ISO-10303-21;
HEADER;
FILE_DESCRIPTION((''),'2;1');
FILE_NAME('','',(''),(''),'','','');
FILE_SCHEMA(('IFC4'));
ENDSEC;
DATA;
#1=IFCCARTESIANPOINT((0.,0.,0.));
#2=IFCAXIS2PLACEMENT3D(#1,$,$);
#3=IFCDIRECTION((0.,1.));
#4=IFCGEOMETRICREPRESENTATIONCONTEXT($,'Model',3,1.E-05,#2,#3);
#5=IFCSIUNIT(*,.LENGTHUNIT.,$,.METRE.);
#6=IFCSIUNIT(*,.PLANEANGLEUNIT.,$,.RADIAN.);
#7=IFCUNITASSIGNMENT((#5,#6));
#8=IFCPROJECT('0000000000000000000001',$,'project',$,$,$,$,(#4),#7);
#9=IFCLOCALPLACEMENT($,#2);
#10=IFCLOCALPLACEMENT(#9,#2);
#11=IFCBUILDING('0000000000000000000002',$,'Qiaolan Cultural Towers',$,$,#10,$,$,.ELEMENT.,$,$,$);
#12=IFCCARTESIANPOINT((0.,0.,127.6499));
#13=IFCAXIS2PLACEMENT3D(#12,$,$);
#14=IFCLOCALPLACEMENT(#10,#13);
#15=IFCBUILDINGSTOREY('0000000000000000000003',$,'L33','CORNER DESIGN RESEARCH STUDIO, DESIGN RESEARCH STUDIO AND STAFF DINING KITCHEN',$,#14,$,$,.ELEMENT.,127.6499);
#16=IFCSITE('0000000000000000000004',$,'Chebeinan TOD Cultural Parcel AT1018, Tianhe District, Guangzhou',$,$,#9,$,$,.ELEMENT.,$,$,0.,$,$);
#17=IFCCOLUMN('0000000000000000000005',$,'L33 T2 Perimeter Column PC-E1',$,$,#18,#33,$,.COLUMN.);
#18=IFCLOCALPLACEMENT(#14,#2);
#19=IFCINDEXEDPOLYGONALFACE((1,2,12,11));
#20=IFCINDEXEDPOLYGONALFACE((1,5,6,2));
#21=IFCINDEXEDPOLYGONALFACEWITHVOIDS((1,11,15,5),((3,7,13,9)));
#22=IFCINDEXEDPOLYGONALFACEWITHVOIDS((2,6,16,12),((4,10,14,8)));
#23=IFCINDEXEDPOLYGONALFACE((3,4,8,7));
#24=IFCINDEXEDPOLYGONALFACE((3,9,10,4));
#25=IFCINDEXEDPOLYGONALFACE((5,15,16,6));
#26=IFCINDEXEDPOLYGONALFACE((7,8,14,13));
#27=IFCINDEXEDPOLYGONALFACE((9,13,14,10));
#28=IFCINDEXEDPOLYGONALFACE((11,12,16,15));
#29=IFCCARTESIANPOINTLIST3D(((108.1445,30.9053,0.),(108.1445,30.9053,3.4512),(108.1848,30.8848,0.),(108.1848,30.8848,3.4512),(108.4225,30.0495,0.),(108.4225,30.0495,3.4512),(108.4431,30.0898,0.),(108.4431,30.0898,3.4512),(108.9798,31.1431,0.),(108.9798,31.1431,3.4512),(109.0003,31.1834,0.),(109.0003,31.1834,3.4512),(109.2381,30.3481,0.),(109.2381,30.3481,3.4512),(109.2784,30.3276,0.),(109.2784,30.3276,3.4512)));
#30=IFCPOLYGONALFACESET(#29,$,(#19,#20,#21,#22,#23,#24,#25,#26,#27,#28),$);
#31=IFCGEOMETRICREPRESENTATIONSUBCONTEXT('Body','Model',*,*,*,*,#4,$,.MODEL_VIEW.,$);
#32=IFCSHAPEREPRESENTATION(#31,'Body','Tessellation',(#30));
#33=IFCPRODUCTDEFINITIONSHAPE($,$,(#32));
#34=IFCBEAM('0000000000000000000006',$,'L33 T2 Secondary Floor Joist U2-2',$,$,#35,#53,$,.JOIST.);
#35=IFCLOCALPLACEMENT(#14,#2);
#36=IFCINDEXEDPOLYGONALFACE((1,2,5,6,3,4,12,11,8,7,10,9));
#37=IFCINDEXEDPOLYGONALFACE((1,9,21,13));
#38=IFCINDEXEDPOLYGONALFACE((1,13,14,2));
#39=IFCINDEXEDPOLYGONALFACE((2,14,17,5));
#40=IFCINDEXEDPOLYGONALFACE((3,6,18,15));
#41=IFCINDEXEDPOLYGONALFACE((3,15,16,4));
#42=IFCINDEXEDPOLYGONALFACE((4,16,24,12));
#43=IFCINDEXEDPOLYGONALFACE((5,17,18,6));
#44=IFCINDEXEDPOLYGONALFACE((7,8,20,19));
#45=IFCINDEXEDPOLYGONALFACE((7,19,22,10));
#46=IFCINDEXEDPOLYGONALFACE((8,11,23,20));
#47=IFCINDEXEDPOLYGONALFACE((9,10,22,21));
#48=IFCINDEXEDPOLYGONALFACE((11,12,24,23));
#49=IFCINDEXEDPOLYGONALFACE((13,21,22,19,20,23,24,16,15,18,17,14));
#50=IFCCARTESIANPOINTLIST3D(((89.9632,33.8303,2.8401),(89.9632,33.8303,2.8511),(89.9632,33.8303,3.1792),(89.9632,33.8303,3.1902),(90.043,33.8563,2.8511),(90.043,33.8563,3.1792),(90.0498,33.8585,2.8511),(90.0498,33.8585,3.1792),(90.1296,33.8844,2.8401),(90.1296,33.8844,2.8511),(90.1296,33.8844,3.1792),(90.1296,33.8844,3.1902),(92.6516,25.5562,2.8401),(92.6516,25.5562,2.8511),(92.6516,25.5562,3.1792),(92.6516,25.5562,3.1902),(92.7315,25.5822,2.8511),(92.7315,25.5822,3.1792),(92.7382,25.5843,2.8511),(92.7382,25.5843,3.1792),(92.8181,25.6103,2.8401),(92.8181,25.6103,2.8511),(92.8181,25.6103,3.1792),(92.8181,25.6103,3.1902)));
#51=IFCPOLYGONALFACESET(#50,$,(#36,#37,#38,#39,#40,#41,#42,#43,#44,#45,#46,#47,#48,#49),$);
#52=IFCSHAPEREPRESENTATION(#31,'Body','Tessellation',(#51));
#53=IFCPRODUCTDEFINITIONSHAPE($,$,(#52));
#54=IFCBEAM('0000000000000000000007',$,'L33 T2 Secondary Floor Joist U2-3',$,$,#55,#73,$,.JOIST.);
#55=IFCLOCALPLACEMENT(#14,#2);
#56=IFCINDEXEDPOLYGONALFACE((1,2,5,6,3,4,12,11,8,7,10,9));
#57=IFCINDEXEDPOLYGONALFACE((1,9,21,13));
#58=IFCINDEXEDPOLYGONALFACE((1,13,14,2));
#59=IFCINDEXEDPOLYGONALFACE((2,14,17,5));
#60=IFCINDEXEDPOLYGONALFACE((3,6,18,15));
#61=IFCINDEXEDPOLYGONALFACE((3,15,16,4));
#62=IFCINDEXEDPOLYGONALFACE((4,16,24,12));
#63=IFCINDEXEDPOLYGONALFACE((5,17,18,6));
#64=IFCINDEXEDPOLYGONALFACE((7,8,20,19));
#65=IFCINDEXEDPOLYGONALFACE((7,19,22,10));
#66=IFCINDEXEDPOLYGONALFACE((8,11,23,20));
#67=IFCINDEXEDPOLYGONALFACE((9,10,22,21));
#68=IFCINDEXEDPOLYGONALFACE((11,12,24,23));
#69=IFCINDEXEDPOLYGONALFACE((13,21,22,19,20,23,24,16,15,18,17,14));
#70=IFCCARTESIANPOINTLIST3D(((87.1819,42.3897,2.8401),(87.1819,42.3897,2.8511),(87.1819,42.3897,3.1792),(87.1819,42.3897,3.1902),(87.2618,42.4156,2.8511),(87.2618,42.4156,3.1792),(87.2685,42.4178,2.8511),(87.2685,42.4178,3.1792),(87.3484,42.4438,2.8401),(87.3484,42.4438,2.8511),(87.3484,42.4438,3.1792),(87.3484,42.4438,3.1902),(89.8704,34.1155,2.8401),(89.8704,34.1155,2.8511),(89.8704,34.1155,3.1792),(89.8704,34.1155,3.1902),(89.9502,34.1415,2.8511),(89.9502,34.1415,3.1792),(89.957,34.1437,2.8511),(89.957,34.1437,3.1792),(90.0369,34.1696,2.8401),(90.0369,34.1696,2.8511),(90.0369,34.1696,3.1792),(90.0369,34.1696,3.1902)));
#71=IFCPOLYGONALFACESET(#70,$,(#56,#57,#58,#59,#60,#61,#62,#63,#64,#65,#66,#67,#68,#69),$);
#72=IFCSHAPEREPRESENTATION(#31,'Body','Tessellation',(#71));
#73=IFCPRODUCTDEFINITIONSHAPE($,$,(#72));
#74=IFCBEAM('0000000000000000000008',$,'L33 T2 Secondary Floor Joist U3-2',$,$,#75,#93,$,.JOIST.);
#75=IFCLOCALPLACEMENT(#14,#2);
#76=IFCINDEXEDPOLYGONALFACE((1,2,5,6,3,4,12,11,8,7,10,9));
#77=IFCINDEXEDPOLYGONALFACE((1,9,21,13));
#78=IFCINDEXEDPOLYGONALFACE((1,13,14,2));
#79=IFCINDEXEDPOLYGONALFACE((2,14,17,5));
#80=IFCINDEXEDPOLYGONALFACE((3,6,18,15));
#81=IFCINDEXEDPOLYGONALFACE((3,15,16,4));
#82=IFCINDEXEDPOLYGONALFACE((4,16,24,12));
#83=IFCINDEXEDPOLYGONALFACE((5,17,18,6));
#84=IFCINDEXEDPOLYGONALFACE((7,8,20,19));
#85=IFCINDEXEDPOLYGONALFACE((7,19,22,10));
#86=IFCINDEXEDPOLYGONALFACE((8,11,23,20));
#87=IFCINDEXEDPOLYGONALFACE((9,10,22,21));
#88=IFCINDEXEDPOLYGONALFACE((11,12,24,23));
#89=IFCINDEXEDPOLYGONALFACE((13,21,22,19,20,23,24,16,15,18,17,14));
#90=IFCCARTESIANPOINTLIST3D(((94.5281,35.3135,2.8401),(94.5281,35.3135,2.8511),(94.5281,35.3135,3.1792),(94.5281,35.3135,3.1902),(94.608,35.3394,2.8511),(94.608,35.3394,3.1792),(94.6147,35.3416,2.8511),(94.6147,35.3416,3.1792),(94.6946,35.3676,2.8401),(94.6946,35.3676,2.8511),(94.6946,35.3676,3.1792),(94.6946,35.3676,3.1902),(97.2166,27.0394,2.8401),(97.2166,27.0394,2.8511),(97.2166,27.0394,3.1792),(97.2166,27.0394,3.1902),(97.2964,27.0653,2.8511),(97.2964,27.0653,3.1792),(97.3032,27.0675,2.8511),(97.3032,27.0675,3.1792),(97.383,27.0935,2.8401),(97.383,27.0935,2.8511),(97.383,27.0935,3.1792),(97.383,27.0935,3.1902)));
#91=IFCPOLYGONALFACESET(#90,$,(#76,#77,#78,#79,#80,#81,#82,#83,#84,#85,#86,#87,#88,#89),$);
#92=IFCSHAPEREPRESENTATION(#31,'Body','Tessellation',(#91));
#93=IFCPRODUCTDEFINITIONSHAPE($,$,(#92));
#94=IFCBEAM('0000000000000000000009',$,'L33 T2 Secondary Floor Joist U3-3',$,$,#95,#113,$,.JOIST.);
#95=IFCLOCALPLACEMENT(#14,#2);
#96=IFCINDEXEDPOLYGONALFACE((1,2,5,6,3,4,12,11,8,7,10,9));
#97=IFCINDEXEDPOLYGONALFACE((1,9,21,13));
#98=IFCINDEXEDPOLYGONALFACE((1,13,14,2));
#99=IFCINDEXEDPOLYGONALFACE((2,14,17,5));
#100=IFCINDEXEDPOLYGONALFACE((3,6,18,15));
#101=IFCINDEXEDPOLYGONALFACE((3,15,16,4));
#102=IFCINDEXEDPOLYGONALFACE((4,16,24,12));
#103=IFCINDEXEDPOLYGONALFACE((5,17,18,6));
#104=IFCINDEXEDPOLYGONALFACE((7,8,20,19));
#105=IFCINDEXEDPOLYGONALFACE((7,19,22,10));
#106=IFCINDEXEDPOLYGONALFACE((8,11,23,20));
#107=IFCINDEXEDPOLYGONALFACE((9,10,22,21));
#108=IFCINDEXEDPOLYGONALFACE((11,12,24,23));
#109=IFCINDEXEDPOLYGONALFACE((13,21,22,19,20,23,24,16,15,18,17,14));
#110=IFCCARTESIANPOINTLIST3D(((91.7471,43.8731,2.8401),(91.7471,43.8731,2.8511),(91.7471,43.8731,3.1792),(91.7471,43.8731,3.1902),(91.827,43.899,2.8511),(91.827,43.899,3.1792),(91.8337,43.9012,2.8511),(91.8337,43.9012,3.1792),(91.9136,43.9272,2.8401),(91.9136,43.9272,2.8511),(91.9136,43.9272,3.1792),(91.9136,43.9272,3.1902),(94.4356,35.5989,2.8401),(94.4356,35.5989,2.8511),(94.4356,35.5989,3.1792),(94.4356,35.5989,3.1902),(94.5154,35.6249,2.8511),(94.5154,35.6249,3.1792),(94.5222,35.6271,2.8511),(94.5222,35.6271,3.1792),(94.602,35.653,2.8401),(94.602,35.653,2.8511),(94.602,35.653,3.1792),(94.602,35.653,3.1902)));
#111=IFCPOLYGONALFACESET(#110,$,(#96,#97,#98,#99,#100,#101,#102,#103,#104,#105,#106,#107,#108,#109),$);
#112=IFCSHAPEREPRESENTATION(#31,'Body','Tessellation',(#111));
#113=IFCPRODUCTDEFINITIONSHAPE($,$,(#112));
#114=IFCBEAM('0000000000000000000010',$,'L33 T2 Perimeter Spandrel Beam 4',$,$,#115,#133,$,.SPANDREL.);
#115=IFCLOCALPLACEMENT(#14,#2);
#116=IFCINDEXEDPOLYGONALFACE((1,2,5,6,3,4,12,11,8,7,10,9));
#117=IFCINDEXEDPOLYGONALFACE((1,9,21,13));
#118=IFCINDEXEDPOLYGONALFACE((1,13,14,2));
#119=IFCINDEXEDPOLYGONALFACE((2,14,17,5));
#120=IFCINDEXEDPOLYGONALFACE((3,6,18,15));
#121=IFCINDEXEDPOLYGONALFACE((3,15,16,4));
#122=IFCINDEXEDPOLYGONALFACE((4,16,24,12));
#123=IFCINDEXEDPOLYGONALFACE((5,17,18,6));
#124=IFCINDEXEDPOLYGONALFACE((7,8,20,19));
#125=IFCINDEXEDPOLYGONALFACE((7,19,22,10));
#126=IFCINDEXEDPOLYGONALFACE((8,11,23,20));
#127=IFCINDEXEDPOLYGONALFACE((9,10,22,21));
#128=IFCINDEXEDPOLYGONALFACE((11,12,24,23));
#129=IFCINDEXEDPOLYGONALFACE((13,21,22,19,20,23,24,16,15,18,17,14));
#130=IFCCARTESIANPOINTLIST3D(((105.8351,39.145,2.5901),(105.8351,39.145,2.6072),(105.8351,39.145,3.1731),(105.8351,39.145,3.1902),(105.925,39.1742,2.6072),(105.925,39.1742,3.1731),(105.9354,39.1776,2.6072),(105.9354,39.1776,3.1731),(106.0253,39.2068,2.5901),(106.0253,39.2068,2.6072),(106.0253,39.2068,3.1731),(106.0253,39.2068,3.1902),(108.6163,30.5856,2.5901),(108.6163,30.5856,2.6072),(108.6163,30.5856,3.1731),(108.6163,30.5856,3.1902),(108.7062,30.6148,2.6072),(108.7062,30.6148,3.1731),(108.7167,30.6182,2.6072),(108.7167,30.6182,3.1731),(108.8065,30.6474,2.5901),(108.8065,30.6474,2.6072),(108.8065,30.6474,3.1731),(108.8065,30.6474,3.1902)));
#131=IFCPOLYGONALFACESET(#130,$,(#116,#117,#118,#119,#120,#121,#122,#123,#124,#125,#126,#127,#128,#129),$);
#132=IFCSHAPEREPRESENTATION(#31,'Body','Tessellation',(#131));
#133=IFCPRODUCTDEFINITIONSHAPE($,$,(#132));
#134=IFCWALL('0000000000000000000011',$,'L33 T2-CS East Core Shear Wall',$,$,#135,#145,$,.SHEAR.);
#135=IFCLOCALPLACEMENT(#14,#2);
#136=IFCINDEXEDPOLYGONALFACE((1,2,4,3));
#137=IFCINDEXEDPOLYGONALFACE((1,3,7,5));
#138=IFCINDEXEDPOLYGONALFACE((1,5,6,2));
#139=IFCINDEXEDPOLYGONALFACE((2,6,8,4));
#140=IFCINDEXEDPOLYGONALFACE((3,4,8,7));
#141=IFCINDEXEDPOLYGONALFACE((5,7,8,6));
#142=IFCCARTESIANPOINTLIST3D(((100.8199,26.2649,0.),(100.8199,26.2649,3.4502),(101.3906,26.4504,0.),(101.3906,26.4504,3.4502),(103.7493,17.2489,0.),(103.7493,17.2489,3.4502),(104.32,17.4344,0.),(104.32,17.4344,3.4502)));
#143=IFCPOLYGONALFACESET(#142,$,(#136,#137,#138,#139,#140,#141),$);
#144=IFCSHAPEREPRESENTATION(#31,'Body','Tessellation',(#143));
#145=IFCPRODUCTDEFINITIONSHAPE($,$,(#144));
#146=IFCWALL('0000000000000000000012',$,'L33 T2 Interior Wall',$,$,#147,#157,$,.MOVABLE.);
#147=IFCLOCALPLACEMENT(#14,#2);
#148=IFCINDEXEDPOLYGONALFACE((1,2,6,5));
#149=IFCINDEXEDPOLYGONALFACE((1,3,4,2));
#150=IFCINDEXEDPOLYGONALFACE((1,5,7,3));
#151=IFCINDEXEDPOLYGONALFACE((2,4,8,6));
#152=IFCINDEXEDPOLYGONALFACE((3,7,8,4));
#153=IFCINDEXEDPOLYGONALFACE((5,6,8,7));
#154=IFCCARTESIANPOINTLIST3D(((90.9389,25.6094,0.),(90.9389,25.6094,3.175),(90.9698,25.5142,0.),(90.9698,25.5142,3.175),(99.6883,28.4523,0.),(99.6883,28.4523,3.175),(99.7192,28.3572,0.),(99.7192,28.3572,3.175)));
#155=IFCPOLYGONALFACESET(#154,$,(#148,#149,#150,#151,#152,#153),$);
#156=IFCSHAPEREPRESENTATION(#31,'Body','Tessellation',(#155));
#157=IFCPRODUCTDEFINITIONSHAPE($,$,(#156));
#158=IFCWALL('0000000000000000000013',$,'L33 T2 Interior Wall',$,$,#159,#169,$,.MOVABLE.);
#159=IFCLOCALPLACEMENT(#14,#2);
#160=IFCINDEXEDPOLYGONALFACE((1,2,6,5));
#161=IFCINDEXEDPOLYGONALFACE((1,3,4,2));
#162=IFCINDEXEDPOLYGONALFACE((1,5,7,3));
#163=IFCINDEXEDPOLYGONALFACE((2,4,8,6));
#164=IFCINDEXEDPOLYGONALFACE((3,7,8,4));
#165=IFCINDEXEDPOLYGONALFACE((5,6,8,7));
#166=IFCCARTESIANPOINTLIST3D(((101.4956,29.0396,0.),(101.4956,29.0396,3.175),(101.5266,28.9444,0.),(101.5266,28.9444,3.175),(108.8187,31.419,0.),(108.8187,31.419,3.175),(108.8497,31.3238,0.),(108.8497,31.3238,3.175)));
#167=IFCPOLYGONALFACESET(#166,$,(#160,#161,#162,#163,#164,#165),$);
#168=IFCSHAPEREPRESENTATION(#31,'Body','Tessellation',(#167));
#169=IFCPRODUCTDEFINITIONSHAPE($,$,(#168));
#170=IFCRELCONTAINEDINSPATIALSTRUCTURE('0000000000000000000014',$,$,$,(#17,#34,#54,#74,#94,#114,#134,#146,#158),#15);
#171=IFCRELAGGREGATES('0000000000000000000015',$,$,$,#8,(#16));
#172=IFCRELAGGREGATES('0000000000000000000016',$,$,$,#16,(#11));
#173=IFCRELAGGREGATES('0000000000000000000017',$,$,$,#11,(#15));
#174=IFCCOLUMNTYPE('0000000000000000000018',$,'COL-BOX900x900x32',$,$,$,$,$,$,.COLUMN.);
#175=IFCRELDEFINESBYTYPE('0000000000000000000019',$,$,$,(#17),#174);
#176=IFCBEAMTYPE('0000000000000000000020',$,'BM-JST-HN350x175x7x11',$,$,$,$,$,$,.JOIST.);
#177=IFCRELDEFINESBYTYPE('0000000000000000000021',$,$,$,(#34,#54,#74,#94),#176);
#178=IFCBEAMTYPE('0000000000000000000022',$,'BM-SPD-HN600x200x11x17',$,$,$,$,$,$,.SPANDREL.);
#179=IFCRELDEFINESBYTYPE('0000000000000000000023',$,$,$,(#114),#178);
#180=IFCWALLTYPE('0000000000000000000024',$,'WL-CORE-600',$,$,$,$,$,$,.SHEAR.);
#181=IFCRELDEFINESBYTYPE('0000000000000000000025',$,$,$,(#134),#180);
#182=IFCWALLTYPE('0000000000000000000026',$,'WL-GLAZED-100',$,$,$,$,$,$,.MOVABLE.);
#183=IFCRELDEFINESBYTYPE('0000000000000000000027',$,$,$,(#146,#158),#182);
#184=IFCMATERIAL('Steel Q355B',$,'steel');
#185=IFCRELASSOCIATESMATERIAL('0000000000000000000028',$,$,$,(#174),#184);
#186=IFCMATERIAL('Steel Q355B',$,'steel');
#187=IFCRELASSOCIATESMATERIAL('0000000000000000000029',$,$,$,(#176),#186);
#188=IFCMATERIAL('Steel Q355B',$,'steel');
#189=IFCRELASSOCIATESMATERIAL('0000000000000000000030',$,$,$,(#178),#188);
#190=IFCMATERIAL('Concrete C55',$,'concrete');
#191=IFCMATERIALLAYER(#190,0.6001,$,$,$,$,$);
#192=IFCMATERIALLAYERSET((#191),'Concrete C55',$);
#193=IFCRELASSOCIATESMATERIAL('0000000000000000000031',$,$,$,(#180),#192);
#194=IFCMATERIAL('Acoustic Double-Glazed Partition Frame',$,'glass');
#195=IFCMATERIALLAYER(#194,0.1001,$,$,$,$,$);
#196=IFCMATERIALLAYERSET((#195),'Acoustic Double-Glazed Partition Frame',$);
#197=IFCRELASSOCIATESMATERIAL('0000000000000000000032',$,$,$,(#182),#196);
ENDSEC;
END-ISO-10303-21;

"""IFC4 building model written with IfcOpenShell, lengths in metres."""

from ifc_helpers import new_model, si_unit, direction, frame, frame_2d, origin, origin_2d, place, context, subcontext, project, spatial, rectangle, hollow_rectangle, i_section, extrude, material, layer, layer_set, material_profile, profile_set, type_object, element, save


model = new_model("IFC4")

# Units and contexts
model_context = context("Model", 3, precision=1e-05, world=origin(), true_north=direction((0.0, 1.0)))
body_context = subcontext(model_context, "Body", "Model", "MODEL_VIEW")
ifc_project = project(units=[si_unit("LENGTHUNIT", "METRE"), si_unit("PLANEANGLEUNIT", "RADIAN")], contexts=[model_context])

# Site, building, storey
site_placement = place(None, origin())
site = spatial("IfcSite", under=ifc_project, at=site_placement, Name="Chebeinan TOD Cultural Parcel AT1018, Tianhe District, Guangzhou", CompositionType="ELEMENT", RefElevation=0.0)
building_placement = place(site_placement, origin())
building = spatial("IfcBuilding", under=site, at=building_placement, Name="Qiaolan Cultural Towers", CompositionType="ELEMENT")
storey_placement = place(building_placement, frame((0.0, 0.0, 127.6499)))
storey = spatial("IfcBuildingStorey", under=building, at=storey_placement, Name="L33", Description="CORNER DESIGN RESEARCH STUDIO, DESIGN RESEARCH STUDIO AND STAFF DINING KITCHEN", CompositionType="ELEMENT", Elevation=127.6499)

# Column
ifc_material_1 = material(Name="Steel Q355B", Category="steel")
ifc_material_profile_1 = material_profile(ifc_material_1, hollow_rectangle(XDim=0.8999, YDim=0.8999, WallThickness=0.032, at=origin_2d()), Name="BOX900x900x32")
ifc_profile_set_1 = profile_set([ifc_material_profile_1], Name="Steel Q355B")
column_type = type_object("IfcColumnType", Name="COL-BOX900x900x32", PredefinedType="COLUMN", material=ifc_profile_set_1)
column_placement = place(storey_placement, frame((108.7114, 30.6165, 0.0), z_axis=(0.0, 0.0, 1.0), x_axis=(0.951057, 0.309017, 0.0)))
element("IfcColumn", 1, at=column_placement, inside=storey, type_object=column_type, Name="L33 T2 Perimeter Column PC-E1", PredefinedType="COLUMN", context=body_context, shape_type="SweptSolid", body=[
    extrude(hollow_rectangle(XDim=0.8999, YDim=0.8999, WallThickness=0.032, at=origin_2d()), origin(), (0.0, 0.0, 1.0), 3.4512),
])

# Beams
ifc_material_2 = material(Name="Steel Q355B", Category="steel")
ifc_material_profile_2 = material_profile(ifc_material_2, i_section(OverallWidth=0.175, OverallDepth=0.3501, WebThickness=0.0071, FlangeThickness=0.011, at=origin_2d()), Name="HN350x175x7x11")
ifc_profile_set_2 = profile_set([ifc_material_profile_2], Name="Steel Q355B")
beam_type_1 = type_object("IfcBeamType", Name="BM-JST-HN350x175x7x11", PredefinedType="JOIST", material=ifc_profile_set_2)
for number, where, z_axis, x_axis, name in (
    (2, (92.7349, 25.5833, 3.0151), (-0.309021, 0.951055, 0.0), (-0.951055, -0.309021, 0.0), "L33 T2 Secondary Floor Joist U2-2"),
    (3, (89.9536, 34.1426, 3.0151), (-0.309021, 0.951055, 0.0), (-0.951055, -0.309021, 0.0), "L33 T2 Secondary Floor Joist U2-3"),
    (4, (97.2998, 27.0664, 3.0151), (-0.309021, 0.951055, 0.0), (-0.951055, -0.309021, 0.0), "L33 T2 Secondary Floor Joist U3-2"),
    (5, (94.5188, 35.626, 3.0151), (-0.309021, 0.951055, 0.0), (-0.951055, -0.309021, 0.0), "L33 T2 Secondary Floor Joist U3-3"),
):
    element("IfcBeam", number, at=place(storey_placement, frame(where, z_axis=z_axis, x_axis=x_axis)), inside=storey, type_object=beam_type_1, Name=name, PredefinedType="JOIST", context=body_context, shape_type="SweptSolid", body=[
        extrude(i_section(OverallWidth=0.175, OverallDepth=0.3501, WebThickness=0.0071, FlangeThickness=0.011, at=origin_2d()), origin(), (0.0, 0.0, 1.0), 8.7),
    ])
ifc_material_3 = material(Name="Steel Q355B", Category="steel")
ifc_material_profile_3 = material_profile(ifc_material_3, i_section(OverallWidth=0.2, OverallDepth=0.6001, WebThickness=0.011, FlangeThickness=0.0171, at=origin_2d()), Name="HN600x200x11x17")
ifc_profile_set_3 = profile_set([ifc_material_profile_3], Name="Steel Q355B")
beam_type_2 = type_object("IfcBeamType", Name="BM-SPD-HN600x200x11x17", PredefinedType="SPANDREL", material=ifc_profile_set_3)
beam_placement = place(storey_placement, frame((108.7114, 30.6165, 2.8901), z_axis=(-0.309025, 0.951054, 0.0), x_axis=(-0.951054, -0.309025, 0.0)))
element("IfcBeam", 6, at=beam_placement, inside=storey, type_object=beam_type_2, Name="L33 T2 Perimeter Spandrel Beam 4", PredefinedType="SPANDREL", context=body_context, shape_type="SweptSolid", body=[
    extrude(i_section(OverallWidth=0.2, OverallDepth=0.6001, WebThickness=0.011, FlangeThickness=0.0171, at=origin_2d()), origin(), (0.0, 0.0, 1.0), 9.0),
])

# Walls
ifc_material_4 = material(Name="Concrete C55", Category="concrete")
ifc_layer_1 = layer(ifc_material_4, 0.6001)
ifc_layer_set_1 = layer_set([ifc_layer_1], Name="Concrete C55")
wall_type_1 = type_object("IfcWallType", Name="WL-CORE-600", PredefinedType="SHEAR", material=ifc_layer_set_1)
wall_1_placement = place(storey_placement, frame((101.1052, 26.3577, 0.0), z_axis=(0.0, 0.0, 1.0), x_axis=(0.30901, -0.951059, 0.0)))
element("IfcWall", 7, at=wall_1_placement, inside=storey, type_object=wall_type_1, Name="L33 T2-CS East Core Shear Wall", PredefinedType="SHEAR", context=body_context, shape_type="SweptSolid", body=[
    extrude(rectangle(XDim=9.48, YDim=0.6001, at=frame_2d((4.74, 0.0))), origin(), (0.0, 0.0, 1.0), 3.4502),
])
ifc_material_5 = material(Name="Acoustic Double-Glazed Partition Frame", Category="glass")
ifc_layer_2 = layer(ifc_material_5, 0.1001)
ifc_layer_set_2 = layer_set([ifc_layer_2], Name="Acoustic Double-Glazed Partition Frame")
wall_type_2 = type_object("IfcWallType", Name="WL-GLAZED-100", PredefinedType="MOVABLE", material=ifc_layer_set_2)
wall_2_placement = place(storey_placement, frame((90.9543, 25.5618, 0.0), z_axis=(0.0, 0.0, 1.0), x_axis=(0.951052, 0.30903, 0.0)))
element("IfcWall", 8, at=wall_2_placement, inside=storey, type_object=wall_type_2, Name="L33 T2 Interior Wall", PredefinedType="MOVABLE", context=body_context, shape_type="SweptSolid", body=[
    extrude(rectangle(XDim=9.1997, YDim=0.1001, at=frame_2d((4.5999, 0.0))), origin(), (0.0, 0.0, 1.0), 3.175),
])
wall_3_placement = place(storey_placement, frame((101.511, 28.9919, 0.0), z_axis=(0.0, 0.0, 1.0), x_axis=(0.951056, 0.309018, 0.0)))
element("IfcWall", 9, at=wall_3_placement, inside=storey, type_object=wall_type_2, Name="L33 T2 Interior Wall", PredefinedType="MOVABLE", context=body_context, shape_type="SweptSolid", body=[
    extrude(rectangle(XDim=7.7, YDim=0.1001, at=frame_2d((3.8501, 0.0))), origin(), (0.0, 0.0, 1.0), 3.175),
])

save(model, "model.ifc")
